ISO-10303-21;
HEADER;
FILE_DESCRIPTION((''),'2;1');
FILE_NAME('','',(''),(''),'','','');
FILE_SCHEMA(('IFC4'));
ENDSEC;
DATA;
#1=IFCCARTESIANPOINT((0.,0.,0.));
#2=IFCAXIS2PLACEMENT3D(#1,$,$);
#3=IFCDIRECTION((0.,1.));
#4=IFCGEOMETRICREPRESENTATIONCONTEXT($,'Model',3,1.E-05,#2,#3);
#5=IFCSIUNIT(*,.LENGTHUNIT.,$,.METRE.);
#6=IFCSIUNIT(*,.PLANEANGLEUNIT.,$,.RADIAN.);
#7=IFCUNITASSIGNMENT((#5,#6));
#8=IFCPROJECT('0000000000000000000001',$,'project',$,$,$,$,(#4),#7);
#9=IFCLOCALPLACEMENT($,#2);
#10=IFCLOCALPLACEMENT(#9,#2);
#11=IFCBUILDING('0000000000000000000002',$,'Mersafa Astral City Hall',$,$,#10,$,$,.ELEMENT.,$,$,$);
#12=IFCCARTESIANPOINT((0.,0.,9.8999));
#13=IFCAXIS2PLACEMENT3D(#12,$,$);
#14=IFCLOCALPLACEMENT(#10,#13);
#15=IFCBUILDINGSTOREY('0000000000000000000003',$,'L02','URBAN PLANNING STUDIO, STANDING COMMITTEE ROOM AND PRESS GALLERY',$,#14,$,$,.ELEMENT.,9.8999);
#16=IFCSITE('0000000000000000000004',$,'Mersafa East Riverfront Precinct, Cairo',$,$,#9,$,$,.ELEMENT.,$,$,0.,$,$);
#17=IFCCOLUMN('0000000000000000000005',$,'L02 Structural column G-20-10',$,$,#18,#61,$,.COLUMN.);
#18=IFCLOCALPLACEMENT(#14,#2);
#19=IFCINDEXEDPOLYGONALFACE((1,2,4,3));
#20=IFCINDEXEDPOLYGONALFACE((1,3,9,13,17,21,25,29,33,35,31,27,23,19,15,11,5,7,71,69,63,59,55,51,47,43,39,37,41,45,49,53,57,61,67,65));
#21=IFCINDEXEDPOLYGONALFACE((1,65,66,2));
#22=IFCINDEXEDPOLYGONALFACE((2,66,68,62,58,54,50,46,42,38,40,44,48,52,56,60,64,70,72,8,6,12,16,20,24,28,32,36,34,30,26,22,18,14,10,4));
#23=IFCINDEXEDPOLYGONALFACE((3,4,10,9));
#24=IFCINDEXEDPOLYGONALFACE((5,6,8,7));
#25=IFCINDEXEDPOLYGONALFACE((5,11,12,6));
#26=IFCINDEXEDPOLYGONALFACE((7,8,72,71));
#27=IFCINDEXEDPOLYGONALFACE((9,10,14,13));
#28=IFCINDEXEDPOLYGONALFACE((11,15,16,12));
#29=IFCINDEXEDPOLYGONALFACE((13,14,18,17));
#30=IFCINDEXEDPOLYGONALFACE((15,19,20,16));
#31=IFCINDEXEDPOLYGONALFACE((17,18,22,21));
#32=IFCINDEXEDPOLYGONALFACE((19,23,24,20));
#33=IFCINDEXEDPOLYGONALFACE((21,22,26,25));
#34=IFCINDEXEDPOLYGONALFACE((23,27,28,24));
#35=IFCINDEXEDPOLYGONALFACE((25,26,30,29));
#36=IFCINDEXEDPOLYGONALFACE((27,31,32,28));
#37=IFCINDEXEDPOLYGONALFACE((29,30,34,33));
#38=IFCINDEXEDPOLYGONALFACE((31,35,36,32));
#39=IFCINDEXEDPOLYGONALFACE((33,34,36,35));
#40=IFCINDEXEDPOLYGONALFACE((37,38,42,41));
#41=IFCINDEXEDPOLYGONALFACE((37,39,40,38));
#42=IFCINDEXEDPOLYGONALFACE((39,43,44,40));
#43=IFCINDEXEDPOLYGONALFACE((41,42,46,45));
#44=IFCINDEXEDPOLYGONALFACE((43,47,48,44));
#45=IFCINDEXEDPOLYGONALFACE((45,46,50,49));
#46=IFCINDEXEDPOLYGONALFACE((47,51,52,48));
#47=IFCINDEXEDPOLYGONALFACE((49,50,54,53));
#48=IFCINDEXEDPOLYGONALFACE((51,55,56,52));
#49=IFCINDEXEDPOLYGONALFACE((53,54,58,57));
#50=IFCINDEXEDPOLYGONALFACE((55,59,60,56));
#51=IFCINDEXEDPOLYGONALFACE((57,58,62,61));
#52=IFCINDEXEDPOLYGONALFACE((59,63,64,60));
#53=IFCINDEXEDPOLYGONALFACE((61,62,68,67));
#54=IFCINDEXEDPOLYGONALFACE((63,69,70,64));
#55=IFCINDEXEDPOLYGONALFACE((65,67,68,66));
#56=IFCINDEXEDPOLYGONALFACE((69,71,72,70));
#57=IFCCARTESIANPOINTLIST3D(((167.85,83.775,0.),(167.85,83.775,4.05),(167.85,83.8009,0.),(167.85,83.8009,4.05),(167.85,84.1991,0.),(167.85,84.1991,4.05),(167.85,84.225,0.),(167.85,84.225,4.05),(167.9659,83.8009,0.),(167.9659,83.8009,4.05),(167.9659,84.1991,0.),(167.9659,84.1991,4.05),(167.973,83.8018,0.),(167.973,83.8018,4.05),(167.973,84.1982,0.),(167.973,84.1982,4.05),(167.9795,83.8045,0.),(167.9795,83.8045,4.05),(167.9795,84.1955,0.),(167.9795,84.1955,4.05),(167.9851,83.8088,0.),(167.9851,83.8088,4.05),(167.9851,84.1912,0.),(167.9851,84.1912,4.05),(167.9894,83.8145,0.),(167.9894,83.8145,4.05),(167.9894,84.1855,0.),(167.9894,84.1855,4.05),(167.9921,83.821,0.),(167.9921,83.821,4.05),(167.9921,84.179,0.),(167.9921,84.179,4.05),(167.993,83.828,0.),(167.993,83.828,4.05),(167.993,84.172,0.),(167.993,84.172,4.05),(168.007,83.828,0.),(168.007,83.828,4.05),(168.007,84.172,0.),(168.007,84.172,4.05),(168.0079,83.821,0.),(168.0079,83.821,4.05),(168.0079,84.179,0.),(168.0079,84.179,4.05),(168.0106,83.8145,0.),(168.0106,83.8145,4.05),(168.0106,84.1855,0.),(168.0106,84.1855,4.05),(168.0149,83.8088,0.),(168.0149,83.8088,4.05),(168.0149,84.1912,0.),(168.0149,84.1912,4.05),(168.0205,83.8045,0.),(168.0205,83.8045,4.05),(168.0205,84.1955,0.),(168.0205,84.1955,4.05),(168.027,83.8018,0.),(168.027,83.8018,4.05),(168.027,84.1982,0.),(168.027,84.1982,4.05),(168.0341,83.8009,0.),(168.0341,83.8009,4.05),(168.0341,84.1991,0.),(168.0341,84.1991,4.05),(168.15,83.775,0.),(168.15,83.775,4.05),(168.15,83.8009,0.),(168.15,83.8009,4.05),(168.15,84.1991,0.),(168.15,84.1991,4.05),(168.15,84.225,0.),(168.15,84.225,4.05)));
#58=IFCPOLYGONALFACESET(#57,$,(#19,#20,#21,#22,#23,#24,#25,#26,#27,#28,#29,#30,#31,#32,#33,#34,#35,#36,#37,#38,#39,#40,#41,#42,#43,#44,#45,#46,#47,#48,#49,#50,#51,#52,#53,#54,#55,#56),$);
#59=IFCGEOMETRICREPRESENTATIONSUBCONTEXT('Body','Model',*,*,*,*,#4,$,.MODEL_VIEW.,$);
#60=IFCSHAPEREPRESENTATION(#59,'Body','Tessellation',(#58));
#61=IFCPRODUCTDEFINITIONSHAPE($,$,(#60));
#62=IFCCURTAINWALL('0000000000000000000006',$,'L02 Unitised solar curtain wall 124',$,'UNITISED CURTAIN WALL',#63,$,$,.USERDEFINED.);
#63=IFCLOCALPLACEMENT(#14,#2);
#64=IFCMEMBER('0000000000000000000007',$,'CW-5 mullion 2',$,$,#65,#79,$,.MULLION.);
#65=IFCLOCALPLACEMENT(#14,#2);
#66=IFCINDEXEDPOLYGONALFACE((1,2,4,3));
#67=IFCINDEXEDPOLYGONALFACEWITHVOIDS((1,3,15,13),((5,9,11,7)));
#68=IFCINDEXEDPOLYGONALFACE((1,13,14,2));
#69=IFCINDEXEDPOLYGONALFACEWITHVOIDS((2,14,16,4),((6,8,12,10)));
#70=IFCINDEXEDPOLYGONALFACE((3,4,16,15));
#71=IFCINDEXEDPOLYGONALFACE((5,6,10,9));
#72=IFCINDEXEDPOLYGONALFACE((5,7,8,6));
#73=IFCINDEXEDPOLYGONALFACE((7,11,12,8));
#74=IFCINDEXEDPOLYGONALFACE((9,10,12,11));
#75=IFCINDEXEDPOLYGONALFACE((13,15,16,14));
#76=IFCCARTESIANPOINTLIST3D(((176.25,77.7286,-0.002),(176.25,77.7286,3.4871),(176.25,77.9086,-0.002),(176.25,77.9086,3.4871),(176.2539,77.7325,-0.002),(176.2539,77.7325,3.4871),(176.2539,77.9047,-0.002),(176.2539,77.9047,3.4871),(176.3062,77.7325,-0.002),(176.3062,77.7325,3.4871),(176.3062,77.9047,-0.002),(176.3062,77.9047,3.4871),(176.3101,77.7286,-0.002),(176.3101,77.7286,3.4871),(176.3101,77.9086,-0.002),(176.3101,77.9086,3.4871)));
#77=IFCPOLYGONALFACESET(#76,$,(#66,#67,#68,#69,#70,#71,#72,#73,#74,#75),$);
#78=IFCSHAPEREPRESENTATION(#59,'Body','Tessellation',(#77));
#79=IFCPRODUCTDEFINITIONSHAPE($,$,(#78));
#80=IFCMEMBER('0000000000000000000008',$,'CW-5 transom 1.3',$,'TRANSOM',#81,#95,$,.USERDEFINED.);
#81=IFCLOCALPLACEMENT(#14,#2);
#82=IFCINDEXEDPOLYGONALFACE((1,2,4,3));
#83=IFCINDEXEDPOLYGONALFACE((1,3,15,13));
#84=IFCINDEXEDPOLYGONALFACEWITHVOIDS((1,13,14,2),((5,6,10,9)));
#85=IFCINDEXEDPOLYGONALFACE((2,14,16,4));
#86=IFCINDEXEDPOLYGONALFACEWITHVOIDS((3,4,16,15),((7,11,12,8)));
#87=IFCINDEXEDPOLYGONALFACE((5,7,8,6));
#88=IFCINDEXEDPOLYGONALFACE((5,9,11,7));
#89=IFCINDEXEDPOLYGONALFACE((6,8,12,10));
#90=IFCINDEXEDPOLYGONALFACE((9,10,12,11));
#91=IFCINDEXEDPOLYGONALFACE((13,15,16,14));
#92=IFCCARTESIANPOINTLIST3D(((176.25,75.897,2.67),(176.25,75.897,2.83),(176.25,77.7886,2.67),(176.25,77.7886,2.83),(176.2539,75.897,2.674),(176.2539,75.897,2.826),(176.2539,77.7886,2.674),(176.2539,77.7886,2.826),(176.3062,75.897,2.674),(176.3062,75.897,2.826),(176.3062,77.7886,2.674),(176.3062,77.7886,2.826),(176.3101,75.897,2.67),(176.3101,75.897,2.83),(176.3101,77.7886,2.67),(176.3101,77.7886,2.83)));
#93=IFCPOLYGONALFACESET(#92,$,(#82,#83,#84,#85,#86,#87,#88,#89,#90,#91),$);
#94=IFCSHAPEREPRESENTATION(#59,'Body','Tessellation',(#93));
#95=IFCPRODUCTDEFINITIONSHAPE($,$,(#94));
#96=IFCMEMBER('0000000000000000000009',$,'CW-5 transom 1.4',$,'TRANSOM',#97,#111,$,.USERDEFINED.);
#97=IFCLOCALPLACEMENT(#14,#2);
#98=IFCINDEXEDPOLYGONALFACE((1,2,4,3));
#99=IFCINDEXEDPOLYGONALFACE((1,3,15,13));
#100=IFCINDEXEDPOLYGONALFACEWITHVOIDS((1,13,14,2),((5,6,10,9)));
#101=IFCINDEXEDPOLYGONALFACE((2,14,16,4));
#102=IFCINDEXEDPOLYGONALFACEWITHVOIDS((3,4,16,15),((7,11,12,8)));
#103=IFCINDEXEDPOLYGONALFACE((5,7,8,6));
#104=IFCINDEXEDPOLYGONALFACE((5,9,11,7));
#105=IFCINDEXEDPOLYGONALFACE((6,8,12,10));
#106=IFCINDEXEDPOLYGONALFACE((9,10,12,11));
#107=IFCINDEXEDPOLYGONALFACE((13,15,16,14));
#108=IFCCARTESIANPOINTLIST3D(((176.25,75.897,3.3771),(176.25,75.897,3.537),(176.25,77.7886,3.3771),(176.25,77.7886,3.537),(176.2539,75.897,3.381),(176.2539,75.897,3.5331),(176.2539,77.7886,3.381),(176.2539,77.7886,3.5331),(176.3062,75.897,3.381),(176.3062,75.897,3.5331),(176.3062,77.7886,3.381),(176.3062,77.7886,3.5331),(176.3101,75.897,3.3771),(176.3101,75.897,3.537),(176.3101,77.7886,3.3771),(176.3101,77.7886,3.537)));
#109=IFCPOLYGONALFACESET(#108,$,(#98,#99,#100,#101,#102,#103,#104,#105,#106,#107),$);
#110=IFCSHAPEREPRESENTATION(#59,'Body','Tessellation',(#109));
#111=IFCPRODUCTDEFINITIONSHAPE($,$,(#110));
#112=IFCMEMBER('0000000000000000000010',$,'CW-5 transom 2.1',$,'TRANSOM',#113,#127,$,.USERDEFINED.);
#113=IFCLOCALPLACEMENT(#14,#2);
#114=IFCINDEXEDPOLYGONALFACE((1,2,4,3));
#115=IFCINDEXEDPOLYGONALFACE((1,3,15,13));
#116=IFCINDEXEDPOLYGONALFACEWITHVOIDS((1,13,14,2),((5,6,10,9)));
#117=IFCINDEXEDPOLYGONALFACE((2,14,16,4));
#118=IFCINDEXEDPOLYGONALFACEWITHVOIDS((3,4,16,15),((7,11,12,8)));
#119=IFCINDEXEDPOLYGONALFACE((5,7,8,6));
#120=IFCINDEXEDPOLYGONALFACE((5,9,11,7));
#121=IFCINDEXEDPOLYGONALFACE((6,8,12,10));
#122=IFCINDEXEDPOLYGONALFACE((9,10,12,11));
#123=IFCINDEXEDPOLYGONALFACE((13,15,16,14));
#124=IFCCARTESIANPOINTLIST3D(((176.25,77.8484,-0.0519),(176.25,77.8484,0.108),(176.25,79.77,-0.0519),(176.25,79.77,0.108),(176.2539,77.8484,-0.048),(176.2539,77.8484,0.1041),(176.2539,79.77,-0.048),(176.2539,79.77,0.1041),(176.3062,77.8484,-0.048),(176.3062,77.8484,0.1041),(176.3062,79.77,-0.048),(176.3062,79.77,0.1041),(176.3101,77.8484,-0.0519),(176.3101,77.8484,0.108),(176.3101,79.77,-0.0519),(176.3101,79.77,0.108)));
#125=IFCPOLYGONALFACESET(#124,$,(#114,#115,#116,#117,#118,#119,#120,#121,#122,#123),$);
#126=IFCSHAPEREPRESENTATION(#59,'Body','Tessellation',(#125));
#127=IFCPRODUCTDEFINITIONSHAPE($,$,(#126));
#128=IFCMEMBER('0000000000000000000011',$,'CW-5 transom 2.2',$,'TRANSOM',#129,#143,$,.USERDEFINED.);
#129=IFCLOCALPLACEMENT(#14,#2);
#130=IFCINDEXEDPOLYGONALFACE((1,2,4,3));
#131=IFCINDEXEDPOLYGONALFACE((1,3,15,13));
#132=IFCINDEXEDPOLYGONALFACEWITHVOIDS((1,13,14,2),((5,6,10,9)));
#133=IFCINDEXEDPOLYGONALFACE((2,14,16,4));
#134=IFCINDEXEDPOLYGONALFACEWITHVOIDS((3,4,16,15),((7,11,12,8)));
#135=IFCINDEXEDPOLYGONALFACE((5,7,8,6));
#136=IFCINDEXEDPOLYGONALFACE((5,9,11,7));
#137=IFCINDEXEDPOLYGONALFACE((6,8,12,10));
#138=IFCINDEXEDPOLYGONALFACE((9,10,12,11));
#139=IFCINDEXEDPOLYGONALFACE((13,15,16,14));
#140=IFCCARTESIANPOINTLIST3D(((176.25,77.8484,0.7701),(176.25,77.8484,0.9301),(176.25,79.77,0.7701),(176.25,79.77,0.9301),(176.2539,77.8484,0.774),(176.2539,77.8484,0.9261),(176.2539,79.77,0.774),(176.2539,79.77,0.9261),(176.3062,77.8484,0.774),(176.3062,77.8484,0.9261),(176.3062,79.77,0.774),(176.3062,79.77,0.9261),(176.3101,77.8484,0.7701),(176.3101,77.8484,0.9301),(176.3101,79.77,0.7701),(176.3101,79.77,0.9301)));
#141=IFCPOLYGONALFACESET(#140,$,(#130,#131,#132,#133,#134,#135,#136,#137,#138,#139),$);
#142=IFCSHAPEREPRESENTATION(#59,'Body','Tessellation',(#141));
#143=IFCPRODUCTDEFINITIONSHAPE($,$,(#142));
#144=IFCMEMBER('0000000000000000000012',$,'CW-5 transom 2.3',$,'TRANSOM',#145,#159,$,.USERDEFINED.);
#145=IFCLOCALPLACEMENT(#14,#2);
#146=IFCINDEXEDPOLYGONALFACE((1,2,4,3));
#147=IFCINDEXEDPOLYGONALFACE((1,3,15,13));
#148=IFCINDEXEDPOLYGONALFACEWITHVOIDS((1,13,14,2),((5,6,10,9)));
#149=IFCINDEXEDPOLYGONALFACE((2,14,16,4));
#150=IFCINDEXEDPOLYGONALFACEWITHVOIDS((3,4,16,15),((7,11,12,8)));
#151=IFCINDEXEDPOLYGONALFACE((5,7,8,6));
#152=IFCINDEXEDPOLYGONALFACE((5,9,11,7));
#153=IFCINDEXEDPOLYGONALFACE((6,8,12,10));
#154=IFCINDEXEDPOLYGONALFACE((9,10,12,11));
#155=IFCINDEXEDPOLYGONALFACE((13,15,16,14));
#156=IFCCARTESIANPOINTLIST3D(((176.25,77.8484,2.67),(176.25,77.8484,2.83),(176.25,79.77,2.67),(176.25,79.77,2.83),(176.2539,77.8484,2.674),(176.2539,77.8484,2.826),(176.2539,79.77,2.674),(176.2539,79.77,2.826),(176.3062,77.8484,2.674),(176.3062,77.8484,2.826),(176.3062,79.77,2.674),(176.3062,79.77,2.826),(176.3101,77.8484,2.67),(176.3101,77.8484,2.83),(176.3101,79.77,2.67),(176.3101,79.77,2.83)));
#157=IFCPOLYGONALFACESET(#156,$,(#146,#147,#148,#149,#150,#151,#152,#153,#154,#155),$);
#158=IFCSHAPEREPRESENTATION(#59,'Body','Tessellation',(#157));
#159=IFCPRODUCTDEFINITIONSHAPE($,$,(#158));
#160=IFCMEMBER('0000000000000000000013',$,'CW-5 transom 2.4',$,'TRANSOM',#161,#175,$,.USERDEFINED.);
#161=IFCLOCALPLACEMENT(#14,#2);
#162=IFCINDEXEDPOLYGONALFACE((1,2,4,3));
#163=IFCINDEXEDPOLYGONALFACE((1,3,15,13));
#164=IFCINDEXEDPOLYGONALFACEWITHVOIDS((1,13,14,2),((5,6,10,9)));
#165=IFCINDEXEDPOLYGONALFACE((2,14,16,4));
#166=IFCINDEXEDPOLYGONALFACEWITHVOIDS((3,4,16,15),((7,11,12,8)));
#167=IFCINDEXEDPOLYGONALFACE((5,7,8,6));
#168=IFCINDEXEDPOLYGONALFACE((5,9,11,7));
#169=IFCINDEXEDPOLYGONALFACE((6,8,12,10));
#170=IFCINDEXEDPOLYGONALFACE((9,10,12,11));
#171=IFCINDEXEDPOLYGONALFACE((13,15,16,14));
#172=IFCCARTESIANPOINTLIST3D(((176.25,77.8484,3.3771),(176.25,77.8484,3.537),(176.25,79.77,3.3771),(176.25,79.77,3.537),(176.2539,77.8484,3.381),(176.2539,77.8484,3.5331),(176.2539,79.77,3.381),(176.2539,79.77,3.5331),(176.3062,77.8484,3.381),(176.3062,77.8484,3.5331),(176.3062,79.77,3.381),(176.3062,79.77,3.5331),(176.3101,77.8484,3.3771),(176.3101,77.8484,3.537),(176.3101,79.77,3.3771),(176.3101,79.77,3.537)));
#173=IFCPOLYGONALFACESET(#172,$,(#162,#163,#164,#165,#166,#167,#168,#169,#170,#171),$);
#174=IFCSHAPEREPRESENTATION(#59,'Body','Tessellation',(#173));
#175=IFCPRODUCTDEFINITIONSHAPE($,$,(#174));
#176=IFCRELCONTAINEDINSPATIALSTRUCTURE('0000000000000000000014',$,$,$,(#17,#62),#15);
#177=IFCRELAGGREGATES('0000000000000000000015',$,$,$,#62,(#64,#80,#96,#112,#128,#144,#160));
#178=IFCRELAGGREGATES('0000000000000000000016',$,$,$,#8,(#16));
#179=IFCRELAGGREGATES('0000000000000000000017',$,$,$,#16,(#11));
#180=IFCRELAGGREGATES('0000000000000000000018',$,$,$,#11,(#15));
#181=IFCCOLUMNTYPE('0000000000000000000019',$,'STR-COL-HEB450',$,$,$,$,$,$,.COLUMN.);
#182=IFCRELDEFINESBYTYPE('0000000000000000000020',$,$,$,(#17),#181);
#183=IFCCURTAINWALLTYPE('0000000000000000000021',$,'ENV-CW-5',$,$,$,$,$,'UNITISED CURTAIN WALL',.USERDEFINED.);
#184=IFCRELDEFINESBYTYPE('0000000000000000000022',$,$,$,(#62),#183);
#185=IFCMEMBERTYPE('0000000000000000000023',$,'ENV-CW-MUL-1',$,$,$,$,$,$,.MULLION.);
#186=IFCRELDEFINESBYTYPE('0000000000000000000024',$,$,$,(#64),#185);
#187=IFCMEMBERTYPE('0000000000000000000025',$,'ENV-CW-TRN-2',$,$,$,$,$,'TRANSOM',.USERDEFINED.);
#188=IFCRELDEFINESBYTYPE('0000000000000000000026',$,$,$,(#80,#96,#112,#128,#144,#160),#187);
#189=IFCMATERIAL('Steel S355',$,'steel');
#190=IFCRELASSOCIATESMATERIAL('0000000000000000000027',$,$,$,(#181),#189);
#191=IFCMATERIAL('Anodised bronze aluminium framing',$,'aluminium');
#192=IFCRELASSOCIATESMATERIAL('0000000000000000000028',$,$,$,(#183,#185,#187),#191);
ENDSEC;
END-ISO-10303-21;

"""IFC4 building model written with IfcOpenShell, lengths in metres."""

from ifc_helpers import new_model, si_unit, direction, frame, origin, origin_2d, place, context, subcontext, project, spatial, hollow_rectangle, i_section, extrude, material, material_profile, profile_set, type_object, element, aggregate, save


model = new_model("IFC4")

# Units and contexts
model_context = context("Model", 3, precision=1e-05, world=origin(), true_north=direction((0.0, 1.0)))
body_context = subcontext(model_context, "Body", "Model", "MODEL_VIEW")
ifc_project = project(units=[si_unit("LENGTHUNIT", "METRE"), si_unit("PLANEANGLEUNIT", "RADIAN")], contexts=[model_context])

# Site, building, storey
site_placement = place(None, origin())
site = spatial("IfcSite", under=ifc_project, at=site_placement, Name="Mersafa East Riverfront Precinct, Cairo", CompositionType="ELEMENT", RefElevation=0.0)
building_placement = place(site_placement, origin())
building = spatial("IfcBuilding", under=site, at=building_placement, Name="Mersafa Astral City Hall", CompositionType="ELEMENT")
storey_placement = place(building_placement, frame((0.0, 0.0, 9.8999)))
storey = spatial("IfcBuildingStorey", under=building, at=storey_placement, Name="L02", Description="URBAN PLANNING STUDIO, STANDING COMMITTEE ROOM AND PRESS GALLERY", CompositionType="ELEMENT", Elevation=9.8999)

# Column
ifc_material_1 = material(Name="Steel S355", Category="steel")
ifc_material_profile_1 = material_profile(ifc_material_1, i_section(OverallWidth=0.3, OverallDepth=0.45, WebThickness=0.0139, FlangeThickness=0.0259, FilletRadius=0.0271, at=origin_2d()), Name="HEB 450")
ifc_profile_set_1 = profile_set([ifc_material_profile_1], Name="Steel S355")
column_type = type_object("IfcColumnType", Name="STR-COL-HEB450", PredefinedType="COLUMN", material=ifc_profile_set_1)
column_placement = place(storey_placement, frame((168.0, 84.0, 0.0), z_axis=(0.0, 0.0, 1.0), x_axis=(1.0, 0.0, 0.0)))
element("IfcColumn", 1, at=column_placement, inside=storey, type_object=column_type, Name="L02 Structural column G-20-10", PredefinedType="COLUMN", context=body_context, shape_type="SweptSolid", body=[
    extrude(i_section(OverallWidth=0.3, OverallDepth=0.45, WebThickness=0.0139, FlangeThickness=0.0259, FilletRadius=0.0271, at=origin_2d()), origin(), (0.0, 0.0, 1.0), 4.05),
])

# Curtain wall, members
ifc_material_2 = material(Name="Anodised bronze aluminium framing", Category="aluminium")
curtain_wall_type = type_object("IfcCurtainWallType", Name="ENV-CW-5", ElementType="UNITISED CURTAIN WALL", PredefinedType="USERDEFINED", material=ifc_material_2)
curtain_wall_placement = place(storey_placement, origin())
curtain_wall = element("IfcCurtainWall", 2, at=curtain_wall_placement, inside=storey, type_object=curtain_wall_type, Name="L02 Unitised solar curtain wall 124", ObjectType="UNITISED CURTAIN WALL", PredefinedType="USERDEFINED")
ifc_material_profile_2 = material_profile(ifc_material_2, hollow_rectangle(XDim=0.0601, YDim=0.1799, WallThickness=0.0039, at=origin_2d()), Name="RHS 60x180x4")
ifc_profile_set_2 = profile_set([ifc_material_profile_2], Name="Anodised bronze aluminium framing")
member_type_1 = type_object("IfcMemberType", Name="ENV-CW-MUL-1", PredefinedType="MULLION", material=ifc_profile_set_2)
member_1_placement = place(storey_placement, frame((176.28, 77.8186, -0.002), z_axis=(0.0, 0.0, 1.0), x_axis=(-1.0, 0.0, 0.0)))
member_1 = element("IfcMember", 3, at=member_1_placement, type_object=member_type_1, Name="CW-5 mullion 2", PredefinedType="MULLION", context=body_context, shape_type="SweptSolid", body=[
    extrude(hollow_rectangle(XDim=0.0601, YDim=0.1799, WallThickness=0.0039, at=origin_2d()), origin(), (0.0, 0.0, 1.0), 3.489),
])
ifc_material_profile_3 = material_profile(ifc_material_2, hollow_rectangle(XDim=0.0601, YDim=0.1599, WallThickness=0.0039, at=origin_2d()), Name="RHS 60x160x4")
ifc_profile_set_3 = profile_set([ifc_material_profile_3], Name="Anodised bronze aluminium framing")
member_type_2 = type_object("IfcMemberType", Name="ENV-CW-TRN-2", ElementType="TRANSOM", PredefinedType="USERDEFINED", material=ifc_profile_set_3)
member_2_placement = place(storey_placement, frame((176.28, 75.897, 2.75), z_axis=(0.0, 1.0, 0.0), x_axis=(-1.0, 0.0, 0.0)))
member_2 = element("IfcMember", 4, at=member_2_placement, type_object=member_type_2, Name="CW-5 transom 1.3", ObjectType="TRANSOM", PredefinedType="USERDEFINED", context=body_context, shape_type="SweptSolid", body=[
    extrude(hollow_rectangle(XDim=0.0601, YDim=0.1599, WallThickness=0.0039, at=origin_2d()), origin(), (0.0, 0.0, 1.0), 1.8916),
])
member_3_placement = place(storey_placement, frame((176.28, 75.897, 3.457), z_axis=(0.0, 1.0, 0.0), x_axis=(-1.0, 0.0, 0.0)))
member_3 = element("IfcMember", 5, at=member_3_placement, type_object=member_type_2, Name="CW-5 transom 1.4", ObjectType="TRANSOM", PredefinedType="USERDEFINED", context=body_context, shape_type="SweptSolid", body=[
    extrude(hollow_rectangle(XDim=0.0601, YDim=0.1599, WallThickness=0.0039, at=origin_2d()), origin(), (0.0, 0.0, 1.0), 1.8916),
])
member_4_placement = place(storey_placement, frame((176.28, 77.8484, 0.0281), z_axis=(0.0, 1.0, 0.0), x_axis=(-1.0, 0.0, 0.0)))
member_4 = element("IfcMember", 6, at=member_4_placement, type_object=member_type_2, Name="CW-5 transom 2.1", ObjectType="TRANSOM", PredefinedType="USERDEFINED", context=body_context, shape_type="SweptSolid", body=[
    extrude(hollow_rectangle(XDim=0.0601, YDim=0.1599, WallThickness=0.0039, at=origin_2d()), origin(), (0.0, 0.0, 1.0), 1.9216),
])
member_5_placement = place(storey_placement, frame((176.28, 77.8484, 0.8501), z_axis=(0.0, 1.0, 0.0), x_axis=(-1.0, 0.0, 0.0)))
member_5 = element("IfcMember", 7, at=member_5_placement, type_object=member_type_2, Name="CW-5 transom 2.2", ObjectType="TRANSOM", PredefinedType="USERDEFINED", context=body_context, shape_type="SweptSolid", body=[
    extrude(hollow_rectangle(XDim=0.0601, YDim=0.1599, WallThickness=0.0039, at=origin_2d()), origin(), (0.0, 0.0, 1.0), 1.9216),
])
member_6_placement = place(storey_placement, frame((176.28, 77.8484, 2.75), z_axis=(0.0, 1.0, 0.0), x_axis=(-1.0, 0.0, 0.0)))
member_6 = element("IfcMember", 8, at=member_6_placement, type_object=member_type_2, Name="CW-5 transom 2.3", ObjectType="TRANSOM", PredefinedType="USERDEFINED", context=body_context, shape_type="SweptSolid", body=[
    extrude(hollow_rectangle(XDim=0.0601, YDim=0.1599, WallThickness=0.0039, at=origin_2d()), origin(), (0.0, 0.0, 1.0), 1.9216),
])
member_7_placement = place(storey_placement, frame((176.28, 77.8484, 3.457), z_axis=(0.0, 1.0, 0.0), x_axis=(-1.0, 0.0, 0.0)))
member_7 = element("IfcMember", 9, at=member_7_placement, type_object=member_type_2, Name="CW-5 transom 2.4", ObjectType="TRANSOM", PredefinedType="USERDEFINED", context=body_context, shape_type="SweptSolid", body=[
    extrude(hollow_rectangle(XDim=0.0601, YDim=0.1599, WallThickness=0.0039, at=origin_2d()), origin(), (0.0, 0.0, 1.0), 1.9216),
])

aggregate(curtain_wall, [member_1, member_2, member_3, member_4, member_5, member_6, member_7])

save(model, "model.ifc")
